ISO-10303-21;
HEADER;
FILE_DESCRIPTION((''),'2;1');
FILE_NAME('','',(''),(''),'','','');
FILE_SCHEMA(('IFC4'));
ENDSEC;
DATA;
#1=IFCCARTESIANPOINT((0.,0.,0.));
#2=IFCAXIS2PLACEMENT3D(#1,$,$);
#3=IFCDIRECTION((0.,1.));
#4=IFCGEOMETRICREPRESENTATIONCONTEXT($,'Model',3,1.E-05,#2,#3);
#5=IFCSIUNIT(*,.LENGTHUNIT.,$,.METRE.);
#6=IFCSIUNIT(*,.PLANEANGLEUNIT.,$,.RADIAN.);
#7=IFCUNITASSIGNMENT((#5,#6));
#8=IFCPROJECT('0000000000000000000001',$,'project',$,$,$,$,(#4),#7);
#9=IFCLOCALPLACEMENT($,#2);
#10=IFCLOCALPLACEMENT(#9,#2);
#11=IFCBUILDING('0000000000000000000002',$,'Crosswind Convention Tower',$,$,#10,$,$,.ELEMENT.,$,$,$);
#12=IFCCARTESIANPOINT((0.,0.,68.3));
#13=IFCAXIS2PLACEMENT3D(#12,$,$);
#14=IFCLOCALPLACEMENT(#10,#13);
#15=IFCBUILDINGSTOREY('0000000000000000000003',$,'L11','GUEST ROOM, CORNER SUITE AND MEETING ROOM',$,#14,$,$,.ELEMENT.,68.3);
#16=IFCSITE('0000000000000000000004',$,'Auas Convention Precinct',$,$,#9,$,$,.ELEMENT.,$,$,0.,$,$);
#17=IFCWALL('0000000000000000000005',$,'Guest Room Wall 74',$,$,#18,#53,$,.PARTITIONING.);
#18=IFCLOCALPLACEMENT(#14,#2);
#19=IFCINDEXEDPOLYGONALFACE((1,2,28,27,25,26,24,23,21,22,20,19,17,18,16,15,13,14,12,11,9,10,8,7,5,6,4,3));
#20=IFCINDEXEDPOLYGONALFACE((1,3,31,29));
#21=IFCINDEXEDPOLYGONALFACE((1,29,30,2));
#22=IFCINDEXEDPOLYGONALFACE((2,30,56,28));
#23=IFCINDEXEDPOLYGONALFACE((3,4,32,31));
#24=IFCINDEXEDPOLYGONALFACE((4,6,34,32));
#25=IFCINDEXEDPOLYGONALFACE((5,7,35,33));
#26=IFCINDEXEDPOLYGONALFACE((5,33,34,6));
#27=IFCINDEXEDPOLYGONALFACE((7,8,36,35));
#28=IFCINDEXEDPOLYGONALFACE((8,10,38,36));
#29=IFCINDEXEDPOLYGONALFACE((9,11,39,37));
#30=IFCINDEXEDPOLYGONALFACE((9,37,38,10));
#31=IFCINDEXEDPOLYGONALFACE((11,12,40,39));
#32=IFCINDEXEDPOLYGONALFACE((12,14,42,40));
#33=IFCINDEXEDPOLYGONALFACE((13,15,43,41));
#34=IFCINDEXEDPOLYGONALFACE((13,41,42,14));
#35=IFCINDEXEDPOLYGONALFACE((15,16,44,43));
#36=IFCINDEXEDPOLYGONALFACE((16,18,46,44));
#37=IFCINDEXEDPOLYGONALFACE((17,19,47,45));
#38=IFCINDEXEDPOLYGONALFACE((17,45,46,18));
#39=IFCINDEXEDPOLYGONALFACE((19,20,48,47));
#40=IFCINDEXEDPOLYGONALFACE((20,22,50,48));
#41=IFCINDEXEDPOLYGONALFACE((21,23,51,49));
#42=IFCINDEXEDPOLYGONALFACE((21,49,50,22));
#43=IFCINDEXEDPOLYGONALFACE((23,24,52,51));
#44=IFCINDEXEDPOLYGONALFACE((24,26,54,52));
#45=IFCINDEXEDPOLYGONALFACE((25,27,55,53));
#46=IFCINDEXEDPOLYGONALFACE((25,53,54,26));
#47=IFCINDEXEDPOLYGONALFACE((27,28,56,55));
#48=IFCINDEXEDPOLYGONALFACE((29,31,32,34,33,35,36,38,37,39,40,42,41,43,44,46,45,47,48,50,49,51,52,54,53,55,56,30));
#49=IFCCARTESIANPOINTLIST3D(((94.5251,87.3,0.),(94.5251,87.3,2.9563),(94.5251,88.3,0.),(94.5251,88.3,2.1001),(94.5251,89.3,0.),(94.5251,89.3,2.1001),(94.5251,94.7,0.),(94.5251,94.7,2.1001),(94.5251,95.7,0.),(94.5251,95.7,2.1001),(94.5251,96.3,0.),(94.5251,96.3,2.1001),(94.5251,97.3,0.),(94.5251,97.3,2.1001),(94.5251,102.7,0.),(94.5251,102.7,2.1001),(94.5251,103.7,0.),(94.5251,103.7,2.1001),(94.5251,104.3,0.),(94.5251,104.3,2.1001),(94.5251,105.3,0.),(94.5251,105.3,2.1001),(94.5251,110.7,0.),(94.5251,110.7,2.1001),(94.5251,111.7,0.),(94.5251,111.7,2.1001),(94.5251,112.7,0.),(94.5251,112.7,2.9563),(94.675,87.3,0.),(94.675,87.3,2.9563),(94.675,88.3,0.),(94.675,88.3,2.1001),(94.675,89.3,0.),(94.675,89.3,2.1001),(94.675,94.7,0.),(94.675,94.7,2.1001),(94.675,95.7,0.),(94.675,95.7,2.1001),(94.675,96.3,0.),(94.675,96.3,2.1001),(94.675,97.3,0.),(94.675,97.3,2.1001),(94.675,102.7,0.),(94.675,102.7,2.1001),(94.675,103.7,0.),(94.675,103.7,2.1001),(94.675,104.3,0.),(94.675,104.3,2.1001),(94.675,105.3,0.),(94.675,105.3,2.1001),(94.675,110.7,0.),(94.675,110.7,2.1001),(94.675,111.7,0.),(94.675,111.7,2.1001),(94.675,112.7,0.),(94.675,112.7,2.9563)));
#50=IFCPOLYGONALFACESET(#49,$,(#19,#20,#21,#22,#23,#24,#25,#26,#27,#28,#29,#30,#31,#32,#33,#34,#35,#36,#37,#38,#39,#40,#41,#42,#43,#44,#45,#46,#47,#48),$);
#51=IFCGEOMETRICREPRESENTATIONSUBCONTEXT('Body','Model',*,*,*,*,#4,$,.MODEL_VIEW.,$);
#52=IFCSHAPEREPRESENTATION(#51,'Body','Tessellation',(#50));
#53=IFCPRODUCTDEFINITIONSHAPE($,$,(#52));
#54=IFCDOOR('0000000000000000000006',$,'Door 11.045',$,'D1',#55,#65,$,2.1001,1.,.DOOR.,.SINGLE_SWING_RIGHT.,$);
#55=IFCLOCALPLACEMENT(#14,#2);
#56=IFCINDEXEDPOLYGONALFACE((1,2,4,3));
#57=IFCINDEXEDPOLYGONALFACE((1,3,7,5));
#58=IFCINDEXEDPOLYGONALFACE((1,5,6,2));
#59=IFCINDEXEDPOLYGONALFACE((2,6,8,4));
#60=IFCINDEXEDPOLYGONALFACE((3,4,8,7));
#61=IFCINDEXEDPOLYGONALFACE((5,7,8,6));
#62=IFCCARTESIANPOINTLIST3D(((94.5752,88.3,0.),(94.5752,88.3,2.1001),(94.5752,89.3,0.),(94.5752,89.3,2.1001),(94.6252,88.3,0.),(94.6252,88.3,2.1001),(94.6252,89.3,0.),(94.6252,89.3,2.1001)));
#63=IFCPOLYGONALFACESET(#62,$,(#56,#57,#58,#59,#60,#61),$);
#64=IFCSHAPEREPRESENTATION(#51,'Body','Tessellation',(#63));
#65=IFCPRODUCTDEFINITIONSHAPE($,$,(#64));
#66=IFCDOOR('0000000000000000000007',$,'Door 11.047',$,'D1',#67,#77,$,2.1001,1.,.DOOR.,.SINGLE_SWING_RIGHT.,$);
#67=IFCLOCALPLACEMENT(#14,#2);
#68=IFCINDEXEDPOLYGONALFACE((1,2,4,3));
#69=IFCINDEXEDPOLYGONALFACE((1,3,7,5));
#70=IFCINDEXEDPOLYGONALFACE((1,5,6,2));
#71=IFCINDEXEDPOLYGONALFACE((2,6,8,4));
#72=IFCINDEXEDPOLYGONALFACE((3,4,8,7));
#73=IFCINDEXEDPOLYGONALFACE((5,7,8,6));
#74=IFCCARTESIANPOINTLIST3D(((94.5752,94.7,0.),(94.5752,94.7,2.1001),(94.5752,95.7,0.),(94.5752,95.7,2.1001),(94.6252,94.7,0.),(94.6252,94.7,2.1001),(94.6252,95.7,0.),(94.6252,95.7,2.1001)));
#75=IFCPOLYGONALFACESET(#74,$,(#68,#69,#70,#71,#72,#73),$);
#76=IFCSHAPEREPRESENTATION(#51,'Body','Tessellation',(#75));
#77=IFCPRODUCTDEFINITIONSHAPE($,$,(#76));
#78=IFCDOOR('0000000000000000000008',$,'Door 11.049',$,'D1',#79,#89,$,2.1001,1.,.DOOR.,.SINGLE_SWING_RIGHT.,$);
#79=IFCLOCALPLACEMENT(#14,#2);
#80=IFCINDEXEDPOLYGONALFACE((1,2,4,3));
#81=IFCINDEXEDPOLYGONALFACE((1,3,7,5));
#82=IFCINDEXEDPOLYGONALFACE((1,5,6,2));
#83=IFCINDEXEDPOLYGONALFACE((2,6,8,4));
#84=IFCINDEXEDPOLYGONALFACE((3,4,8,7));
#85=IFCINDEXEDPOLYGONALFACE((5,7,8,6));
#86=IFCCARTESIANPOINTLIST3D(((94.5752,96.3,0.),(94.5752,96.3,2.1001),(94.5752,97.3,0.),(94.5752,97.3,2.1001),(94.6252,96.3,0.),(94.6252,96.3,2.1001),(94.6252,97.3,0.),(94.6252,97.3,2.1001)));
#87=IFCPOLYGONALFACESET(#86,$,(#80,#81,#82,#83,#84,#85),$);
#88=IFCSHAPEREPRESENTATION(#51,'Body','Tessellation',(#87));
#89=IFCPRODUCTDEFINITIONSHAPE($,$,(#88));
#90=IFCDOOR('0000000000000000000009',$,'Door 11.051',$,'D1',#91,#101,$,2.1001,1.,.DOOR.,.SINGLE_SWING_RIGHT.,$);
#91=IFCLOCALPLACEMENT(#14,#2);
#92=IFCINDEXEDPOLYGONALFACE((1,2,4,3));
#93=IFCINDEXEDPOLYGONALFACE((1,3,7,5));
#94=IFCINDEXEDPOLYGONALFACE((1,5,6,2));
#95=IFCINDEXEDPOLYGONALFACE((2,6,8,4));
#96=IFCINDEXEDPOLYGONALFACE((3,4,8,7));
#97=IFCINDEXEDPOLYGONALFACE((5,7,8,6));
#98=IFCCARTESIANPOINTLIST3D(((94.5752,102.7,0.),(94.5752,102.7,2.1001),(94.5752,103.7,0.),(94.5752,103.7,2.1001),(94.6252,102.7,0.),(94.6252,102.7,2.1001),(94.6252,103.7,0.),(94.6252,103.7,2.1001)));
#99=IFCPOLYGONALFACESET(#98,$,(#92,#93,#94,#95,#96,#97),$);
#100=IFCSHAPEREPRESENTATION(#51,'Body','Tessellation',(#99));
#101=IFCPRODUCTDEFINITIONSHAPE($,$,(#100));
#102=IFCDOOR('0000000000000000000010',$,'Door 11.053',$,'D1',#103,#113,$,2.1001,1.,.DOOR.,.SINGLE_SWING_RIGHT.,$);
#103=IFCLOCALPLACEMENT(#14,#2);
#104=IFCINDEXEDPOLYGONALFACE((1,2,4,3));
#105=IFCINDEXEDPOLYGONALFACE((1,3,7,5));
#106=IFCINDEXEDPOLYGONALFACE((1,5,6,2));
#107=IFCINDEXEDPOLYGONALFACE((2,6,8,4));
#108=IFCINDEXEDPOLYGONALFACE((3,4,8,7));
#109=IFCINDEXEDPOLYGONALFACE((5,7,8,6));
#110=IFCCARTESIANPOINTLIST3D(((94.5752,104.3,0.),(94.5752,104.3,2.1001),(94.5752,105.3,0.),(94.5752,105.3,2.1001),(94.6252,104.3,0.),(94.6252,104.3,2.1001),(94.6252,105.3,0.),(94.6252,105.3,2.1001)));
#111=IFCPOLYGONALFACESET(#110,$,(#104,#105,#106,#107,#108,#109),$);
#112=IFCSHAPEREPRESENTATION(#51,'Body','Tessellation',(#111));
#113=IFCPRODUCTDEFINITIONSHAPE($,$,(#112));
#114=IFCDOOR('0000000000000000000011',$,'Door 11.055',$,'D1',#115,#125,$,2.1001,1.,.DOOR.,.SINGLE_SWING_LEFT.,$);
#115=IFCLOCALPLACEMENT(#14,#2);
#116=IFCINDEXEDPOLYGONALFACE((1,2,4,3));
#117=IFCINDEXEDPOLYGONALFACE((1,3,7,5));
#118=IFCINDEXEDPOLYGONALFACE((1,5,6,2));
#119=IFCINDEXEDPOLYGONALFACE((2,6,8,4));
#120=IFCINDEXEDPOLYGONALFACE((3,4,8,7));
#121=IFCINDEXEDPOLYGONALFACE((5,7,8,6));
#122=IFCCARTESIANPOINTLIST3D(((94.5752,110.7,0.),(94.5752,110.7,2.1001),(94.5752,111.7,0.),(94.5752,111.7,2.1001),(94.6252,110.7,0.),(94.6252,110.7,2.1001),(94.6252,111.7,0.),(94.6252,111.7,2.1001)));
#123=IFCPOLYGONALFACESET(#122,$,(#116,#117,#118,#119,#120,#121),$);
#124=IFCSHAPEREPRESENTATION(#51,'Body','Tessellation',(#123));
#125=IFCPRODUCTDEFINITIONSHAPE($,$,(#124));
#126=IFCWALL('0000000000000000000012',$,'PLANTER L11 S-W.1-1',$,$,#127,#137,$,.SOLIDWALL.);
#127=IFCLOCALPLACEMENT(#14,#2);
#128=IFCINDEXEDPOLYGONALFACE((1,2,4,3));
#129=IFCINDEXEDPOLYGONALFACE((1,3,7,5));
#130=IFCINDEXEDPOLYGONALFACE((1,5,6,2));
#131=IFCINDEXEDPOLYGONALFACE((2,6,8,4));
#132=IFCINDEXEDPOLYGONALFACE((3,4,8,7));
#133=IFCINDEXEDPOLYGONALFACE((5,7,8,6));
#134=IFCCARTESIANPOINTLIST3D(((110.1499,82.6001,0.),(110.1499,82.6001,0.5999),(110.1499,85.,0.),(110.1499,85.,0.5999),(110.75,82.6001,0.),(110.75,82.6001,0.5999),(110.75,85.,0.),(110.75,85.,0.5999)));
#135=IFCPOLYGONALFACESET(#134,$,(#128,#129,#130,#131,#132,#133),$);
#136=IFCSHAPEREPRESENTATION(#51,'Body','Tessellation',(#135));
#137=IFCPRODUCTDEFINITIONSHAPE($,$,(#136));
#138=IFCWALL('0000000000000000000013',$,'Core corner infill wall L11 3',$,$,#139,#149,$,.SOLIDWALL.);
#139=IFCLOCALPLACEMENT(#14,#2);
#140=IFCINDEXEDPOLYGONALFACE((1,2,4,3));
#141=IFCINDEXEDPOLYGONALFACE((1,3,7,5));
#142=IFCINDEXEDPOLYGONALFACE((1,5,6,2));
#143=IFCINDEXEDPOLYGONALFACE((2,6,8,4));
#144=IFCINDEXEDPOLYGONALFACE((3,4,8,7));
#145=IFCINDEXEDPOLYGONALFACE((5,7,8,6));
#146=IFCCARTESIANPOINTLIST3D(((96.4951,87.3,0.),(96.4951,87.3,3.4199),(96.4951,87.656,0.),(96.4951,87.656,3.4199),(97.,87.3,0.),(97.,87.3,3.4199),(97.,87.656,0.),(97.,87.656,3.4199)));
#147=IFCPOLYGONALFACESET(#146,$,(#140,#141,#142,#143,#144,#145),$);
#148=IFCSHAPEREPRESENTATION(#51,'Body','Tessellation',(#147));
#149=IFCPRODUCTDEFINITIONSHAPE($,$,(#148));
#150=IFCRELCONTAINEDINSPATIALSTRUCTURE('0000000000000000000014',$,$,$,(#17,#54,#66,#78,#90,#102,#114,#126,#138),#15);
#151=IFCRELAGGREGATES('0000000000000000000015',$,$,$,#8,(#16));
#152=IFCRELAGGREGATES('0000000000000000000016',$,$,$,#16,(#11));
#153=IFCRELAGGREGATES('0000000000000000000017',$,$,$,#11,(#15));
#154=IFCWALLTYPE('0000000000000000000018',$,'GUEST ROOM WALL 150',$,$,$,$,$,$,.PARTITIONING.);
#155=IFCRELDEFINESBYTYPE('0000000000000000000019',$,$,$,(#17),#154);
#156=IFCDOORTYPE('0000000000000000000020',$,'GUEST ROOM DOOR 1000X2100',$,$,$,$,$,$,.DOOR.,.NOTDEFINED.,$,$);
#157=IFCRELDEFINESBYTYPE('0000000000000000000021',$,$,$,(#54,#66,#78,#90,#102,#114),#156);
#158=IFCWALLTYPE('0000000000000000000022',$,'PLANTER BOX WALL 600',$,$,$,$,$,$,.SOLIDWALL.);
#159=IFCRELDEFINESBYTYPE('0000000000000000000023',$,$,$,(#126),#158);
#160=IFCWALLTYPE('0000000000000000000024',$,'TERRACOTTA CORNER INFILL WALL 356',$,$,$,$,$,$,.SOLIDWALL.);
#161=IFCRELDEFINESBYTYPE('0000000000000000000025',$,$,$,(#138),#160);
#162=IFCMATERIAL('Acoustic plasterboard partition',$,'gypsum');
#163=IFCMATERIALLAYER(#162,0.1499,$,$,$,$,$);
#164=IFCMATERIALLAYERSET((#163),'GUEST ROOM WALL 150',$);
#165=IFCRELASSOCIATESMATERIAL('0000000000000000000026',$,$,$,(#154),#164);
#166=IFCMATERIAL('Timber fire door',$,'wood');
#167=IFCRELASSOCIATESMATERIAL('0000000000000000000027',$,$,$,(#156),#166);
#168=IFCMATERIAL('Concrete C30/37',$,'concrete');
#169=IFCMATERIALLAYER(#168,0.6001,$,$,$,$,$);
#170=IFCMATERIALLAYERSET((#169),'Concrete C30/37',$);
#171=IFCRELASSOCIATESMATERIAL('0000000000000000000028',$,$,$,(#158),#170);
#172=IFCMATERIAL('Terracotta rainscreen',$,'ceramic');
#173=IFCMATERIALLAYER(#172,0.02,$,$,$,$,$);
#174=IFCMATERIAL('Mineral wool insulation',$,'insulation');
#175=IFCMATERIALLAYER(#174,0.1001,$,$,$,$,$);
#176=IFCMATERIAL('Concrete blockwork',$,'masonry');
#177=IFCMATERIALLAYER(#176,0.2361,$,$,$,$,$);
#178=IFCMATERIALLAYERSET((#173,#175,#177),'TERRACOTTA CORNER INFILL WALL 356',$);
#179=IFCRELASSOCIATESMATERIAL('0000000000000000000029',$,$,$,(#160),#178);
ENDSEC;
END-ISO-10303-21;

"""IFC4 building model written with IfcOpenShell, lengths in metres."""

from ifc_helpers import new_model, si_unit, direction, frame, frame_2d, origin, place, context, subcontext, project, spatial, rectangle, extrude, material, layer, layer_set, type_object, element, fill, save


model = new_model("IFC4")

# Units and contexts
model_context = context("Model", 3, precision=1e-05, world=origin(), true_north=direction((0.0, 1.0)))
body_context = subcontext(model_context, "Body", "Model", "MODEL_VIEW")
ifc_project = project(units=[si_unit("LENGTHUNIT", "METRE"), si_unit("PLANEANGLEUNIT", "RADIAN")], contexts=[model_context])

# Site, building, storey
site_placement = place(None, origin())
site = spatial("IfcSite", under=ifc_project, at=site_placement, Name="Auas Convention Precinct", CompositionType="ELEMENT", RefElevation=0.0)
building_placement = place(site_placement, origin())
building = spatial("IfcBuilding", under=site, at=building_placement, Name="Crosswind Convention Tower", CompositionType="ELEMENT")
storey_placement = place(building_placement, frame((0.0, 0.0, 68.3)))
storey = spatial("IfcBuildingStorey", under=building, at=storey_placement, Name="L11", Description="GUEST ROOM, CORNER SUITE AND MEETING ROOM", CompositionType="ELEMENT", Elevation=68.3)

# Wall, openings, doors
ifc_material_1 = material(Name="Acoustic plasterboard partition", Category="gypsum")
ifc_layer_1 = layer(ifc_material_1, 0.1499)
ifc_layer_set_1 = layer_set([ifc_layer_1], Name="GUEST ROOM WALL 150")
wall_type_1 = type_object("IfcWallType", Name="GUEST ROOM WALL 150", PredefinedType="PARTITIONING", material=ifc_layer_set_1)
wall_1_placement = place(storey_placement, frame((94.6001, 87.3, 0.0), z_axis=(0.0, 0.0, 1.0), x_axis=(0.0, 1.0, 0.0)))
wall_1 = element("IfcWall", 1, at=wall_1_placement, inside=storey, type_object=wall_type_1, Name="Guest Room Wall 74", PredefinedType="PARTITIONING", context=body_context, shape_type="SweptSolid", body=[
    extrude(rectangle(XDim=25.3999, YDim=0.1499, at=frame_2d((12.7, 0.0))), origin(), (0.0, 0.0, 1.0), 2.9563),
])
opening_1_placement = place(wall_1_placement, frame((1.0, 0.0, 0.0)))
opening_1 = element("IfcOpeningElement", 2, at=opening_1_placement, cuts=wall_1, PredefinedType="OPENING", context=body_context, shape_type="SweptSolid", body=[
    extrude(rectangle(XDim=1.0, YDim=2.1001, at=frame_2d((0.5, 1.05))), frame((0.0, 0.085, 0.0), z_axis=(0.0, -1.0, 0.0), x_axis=(1.0, 0.0, 0.0)), (0.0, 0.0, 1.0), 0.1699),
])
opening_2_placement = place(wall_1_placement, frame((7.3999, 0.0, 0.0)))
opening_2 = element("IfcOpeningElement", 3, at=opening_2_placement, cuts=wall_1, PredefinedType="OPENING", context=body_context, shape_type="SweptSolid", body=[
    extrude(rectangle(XDim=1.0, YDim=2.1001, at=frame_2d((0.5, 1.05))), frame((0.0, 0.085, 0.0), z_axis=(0.0, -1.0, 0.0), x_axis=(1.0, 0.0, 0.0)), (0.0, 0.0, 1.0), 0.1699),
])
opening_3_placement = place(wall_1_placement, frame((9.0, 0.0, 0.0)))
opening_3 = element("IfcOpeningElement", 4, at=opening_3_placement, cuts=wall_1, PredefinedType="OPENING", context=body_context, shape_type="SweptSolid", body=[
    extrude(rectangle(XDim=1.0, YDim=2.1001, at=frame_2d((0.5, 1.05))), frame((0.0, 0.085, 0.0), z_axis=(0.0, -1.0, 0.0), x_axis=(1.0, 0.0, 0.0)), (0.0, 0.0, 1.0), 0.1699),
])
opening_4_placement = place(wall_1_placement, frame((15.3999, 0.0, 0.0)))
opening_4 = element("IfcOpeningElement", 5, at=opening_4_placement, cuts=wall_1, PredefinedType="OPENING", context=body_context, shape_type="SweptSolid", body=[
    extrude(rectangle(XDim=1.0, YDim=2.1001, at=frame_2d((0.5, 1.05))), frame((0.0, 0.085, 0.0), z_axis=(0.0, -1.0, 0.0), x_axis=(1.0, 0.0, 0.0)), (0.0, 0.0, 1.0), 0.1699),
])
opening_5_placement = place(wall_1_placement, frame((17.0, 0.0, 0.0)))
opening_5 = element("IfcOpeningElement", 6, at=opening_5_placement, cuts=wall_1, PredefinedType="OPENING", context=body_context, shape_type="SweptSolid", body=[
    extrude(rectangle(XDim=1.0, YDim=2.1001, at=frame_2d((0.5, 1.05))), frame((0.0, 0.085, 0.0), z_axis=(0.0, -1.0, 0.0), x_axis=(1.0, 0.0, 0.0)), (0.0, 0.0, 1.0), 0.1699),
])
opening_6_placement = place(wall_1_placement, frame((23.3999, 0.0, 0.0)))
opening_6 = element("IfcOpeningElement", 7, at=opening_6_placement, cuts=wall_1, PredefinedType="OPENING", context=body_context, shape_type="SweptSolid", body=[
    extrude(rectangle(XDim=1.0, YDim=2.1001, at=frame_2d((0.5, 1.05))), frame((0.0, 0.085, 0.0), z_axis=(0.0, -1.0, 0.0), x_axis=(1.0, 0.0, 0.0)), (0.0, 0.0, 1.0), 0.1699),
])
ifc_material_2 = material(Name="Timber fire door", Category="wood")
door_type = type_object("IfcDoorType", Name="GUEST ROOM DOOR 1000X2100", OperationType="NOTDEFINED", PredefinedType="DOOR", material=ifc_material_2)
door_1_placement = place(opening_1_placement, origin())
door_1 = element("IfcDoor", 8, at=door_1_placement, inside=storey, type_object=door_type, Name="Door 11.045", ObjectType="D1", OperationType="SINGLE_SWING_RIGHT", OverallHeight=2.1001, OverallWidth=1.0, PredefinedType="DOOR", context=body_context, shape_type="SweptSolid", body=[
    extrude(rectangle(XDim=1.0, YDim=2.1001, at=frame_2d((0.5, 1.05))), frame((0.0, 0.0249, 0.0), z_axis=(0.0, -1.0, 0.0), x_axis=(1.0, 0.0, 0.0)), (0.0, 0.0, 1.0), 0.05),
])
fill(opening_1, door_1)
door_2_placement = place(opening_2_placement, origin())
door_2 = element("IfcDoor", 9, at=door_2_placement, inside=storey, type_object=door_type, Name="Door 11.047", ObjectType="D1", OperationType="SINGLE_SWING_RIGHT", OverallHeight=2.1001, OverallWidth=1.0, PredefinedType="DOOR", context=body_context, shape_type="SweptSolid", body=[
    extrude(rectangle(XDim=1.0, YDim=2.1001, at=frame_2d((0.5, 1.05))), frame((0.0, 0.0249, 0.0), z_axis=(0.0, -1.0, 0.0), x_axis=(1.0, 0.0, 0.0)), (0.0, 0.0, 1.0), 0.05),
])
fill(opening_2, door_2)
door_3_placement = place(opening_3_placement, origin())
door_3 = element("IfcDoor", 10, at=door_3_placement, inside=storey, type_object=door_type, Name="Door 11.049", ObjectType="D1", OperationType="SINGLE_SWING_RIGHT", OverallHeight=2.1001, OverallWidth=1.0, PredefinedType="DOOR", context=body_context, shape_type="SweptSolid", body=[
    extrude(rectangle(XDim=1.0, YDim=2.1001, at=frame_2d((0.5, 1.05))), frame((0.0, 0.0249, 0.0), z_axis=(0.0, -1.0, 0.0), x_axis=(1.0, 0.0, 0.0)), (0.0, 0.0, 1.0), 0.05),
])
fill(opening_3, door_3)
door_4_placement = place(opening_4_placement, origin())
door_4 = element("IfcDoor", 11, at=door_4_placement, inside=storey, type_object=door_type, Name="Door 11.051", ObjectType="D1", OperationType="SINGLE_SWING_RIGHT", OverallHeight=2.1001, OverallWidth=1.0, PredefinedType="DOOR", context=body_context, shape_type="SweptSolid", body=[
    extrude(rectangle(XDim=1.0, YDim=2.1001, at=frame_2d((0.5, 1.05))), frame((0.0, 0.0249, 0.0), z_axis=(0.0, -1.0, 0.0), x_axis=(1.0, 0.0, 0.0)), (0.0, 0.0, 1.0), 0.05),
])
fill(opening_4, door_4)
door_5_placement = place(opening_5_placement, origin())
door_5 = element("IfcDoor", 12, at=door_5_placement, inside=storey, type_object=door_type, Name="Door 11.053", ObjectType="D1", OperationType="SINGLE_SWING_RIGHT", OverallHeight=2.1001, OverallWidth=1.0, PredefinedType="DOOR", context=body_context, shape_type="SweptSolid", body=[
    extrude(rectangle(XDim=1.0, YDim=2.1001, at=frame_2d((0.5, 1.05))), frame((0.0, 0.0249, 0.0), z_axis=(0.0, -1.0, 0.0), x_axis=(1.0, 0.0, 0.0)), (0.0, 0.0, 1.0), 0.05),
])
fill(opening_5, door_5)
door_6_placement = place(opening_6_placement, origin())
door_6 = element("IfcDoor", 13, at=door_6_placement, inside=storey, type_object=door_type, Name="Door 11.055", ObjectType="D1", OperationType="SINGLE_SWING_LEFT", OverallHeight=2.1001, OverallWidth=1.0, PredefinedType="DOOR", context=body_context, shape_type="SweptSolid", body=[
    extrude(rectangle(XDim=1.0, YDim=2.1001, at=frame_2d((0.5, 1.05))), frame((0.0, 0.0249, 0.0), z_axis=(0.0, -1.0, 0.0), x_axis=(1.0, 0.0, 0.0)), (0.0, 0.0, 1.0), 0.05),
])
fill(opening_6, door_6)

# Walls
ifc_material_3 = material(Name="Concrete C30/37", Category="concrete")
ifc_layer_2 = layer(ifc_material_3, 0.6001)
ifc_layer_set_2 = layer_set([ifc_layer_2], Name="Concrete C30/37")
wall_type_2 = type_object("IfcWallType", Name="PLANTER BOX WALL 600", PredefinedType="SOLIDWALL", material=ifc_layer_set_2)
wall_2_placement = place(storey_placement, frame((110.45, 85.0, 0.0), z_axis=(0.0, 0.0, 1.0), x_axis=(0.0, -1.0, 0.0)))
element("IfcWall", 14, at=wall_2_placement, inside=storey, type_object=wall_type_2, Name="PLANTER L11 S-W.1-1", PredefinedType="SOLIDWALL", context=body_context, shape_type="SweptSolid", body=[
    extrude(rectangle(XDim=2.3999, YDim=0.6001, at=frame_2d((1.2, 0.0))), origin(), (0.0, 0.0, 1.0), 0.5999),
])
ifc_material_4 = material(Name="Terracotta rainscreen", Category="ceramic")
ifc_layer_3 = layer(ifc_material_4, 0.02)
ifc_material_5 = material(Name="Mineral wool insulation", Category="insulation")
ifc_layer_4 = layer(ifc_material_5, 0.1001)
ifc_material_6 = material(Name="Concrete blockwork", Category="masonry")
ifc_layer_5 = layer(ifc_material_6, 0.2361)
ifc_layer_set_3 = layer_set([ifc_layer_3, ifc_layer_4, ifc_layer_5], Name="TERRACOTTA CORNER INFILL WALL 356")
wall_type_3 = type_object("IfcWallType", Name="TERRACOTTA CORNER INFILL WALL 356", PredefinedType="SOLIDWALL", material=ifc_layer_set_3)
wall_3_placement = place(storey_placement, frame((96.4951, 87.478, 0.0), z_axis=(0.0, 0.0, 1.0), x_axis=(1.0, 0.0, 0.0)))
element("IfcWall", 15, at=wall_3_placement, inside=storey, type_object=wall_type_3, Name="Core corner infill wall L11 3", PredefinedType="SOLIDWALL", context=body_context, shape_type="SweptSolid", body=[
    extrude(rectangle(XDim=0.5049, YDim=0.356, at=frame_2d((0.2524, 0.0))), origin(), (0.0, 0.0, 1.0), 3.4199),
])

save(model, "model.ifc")
